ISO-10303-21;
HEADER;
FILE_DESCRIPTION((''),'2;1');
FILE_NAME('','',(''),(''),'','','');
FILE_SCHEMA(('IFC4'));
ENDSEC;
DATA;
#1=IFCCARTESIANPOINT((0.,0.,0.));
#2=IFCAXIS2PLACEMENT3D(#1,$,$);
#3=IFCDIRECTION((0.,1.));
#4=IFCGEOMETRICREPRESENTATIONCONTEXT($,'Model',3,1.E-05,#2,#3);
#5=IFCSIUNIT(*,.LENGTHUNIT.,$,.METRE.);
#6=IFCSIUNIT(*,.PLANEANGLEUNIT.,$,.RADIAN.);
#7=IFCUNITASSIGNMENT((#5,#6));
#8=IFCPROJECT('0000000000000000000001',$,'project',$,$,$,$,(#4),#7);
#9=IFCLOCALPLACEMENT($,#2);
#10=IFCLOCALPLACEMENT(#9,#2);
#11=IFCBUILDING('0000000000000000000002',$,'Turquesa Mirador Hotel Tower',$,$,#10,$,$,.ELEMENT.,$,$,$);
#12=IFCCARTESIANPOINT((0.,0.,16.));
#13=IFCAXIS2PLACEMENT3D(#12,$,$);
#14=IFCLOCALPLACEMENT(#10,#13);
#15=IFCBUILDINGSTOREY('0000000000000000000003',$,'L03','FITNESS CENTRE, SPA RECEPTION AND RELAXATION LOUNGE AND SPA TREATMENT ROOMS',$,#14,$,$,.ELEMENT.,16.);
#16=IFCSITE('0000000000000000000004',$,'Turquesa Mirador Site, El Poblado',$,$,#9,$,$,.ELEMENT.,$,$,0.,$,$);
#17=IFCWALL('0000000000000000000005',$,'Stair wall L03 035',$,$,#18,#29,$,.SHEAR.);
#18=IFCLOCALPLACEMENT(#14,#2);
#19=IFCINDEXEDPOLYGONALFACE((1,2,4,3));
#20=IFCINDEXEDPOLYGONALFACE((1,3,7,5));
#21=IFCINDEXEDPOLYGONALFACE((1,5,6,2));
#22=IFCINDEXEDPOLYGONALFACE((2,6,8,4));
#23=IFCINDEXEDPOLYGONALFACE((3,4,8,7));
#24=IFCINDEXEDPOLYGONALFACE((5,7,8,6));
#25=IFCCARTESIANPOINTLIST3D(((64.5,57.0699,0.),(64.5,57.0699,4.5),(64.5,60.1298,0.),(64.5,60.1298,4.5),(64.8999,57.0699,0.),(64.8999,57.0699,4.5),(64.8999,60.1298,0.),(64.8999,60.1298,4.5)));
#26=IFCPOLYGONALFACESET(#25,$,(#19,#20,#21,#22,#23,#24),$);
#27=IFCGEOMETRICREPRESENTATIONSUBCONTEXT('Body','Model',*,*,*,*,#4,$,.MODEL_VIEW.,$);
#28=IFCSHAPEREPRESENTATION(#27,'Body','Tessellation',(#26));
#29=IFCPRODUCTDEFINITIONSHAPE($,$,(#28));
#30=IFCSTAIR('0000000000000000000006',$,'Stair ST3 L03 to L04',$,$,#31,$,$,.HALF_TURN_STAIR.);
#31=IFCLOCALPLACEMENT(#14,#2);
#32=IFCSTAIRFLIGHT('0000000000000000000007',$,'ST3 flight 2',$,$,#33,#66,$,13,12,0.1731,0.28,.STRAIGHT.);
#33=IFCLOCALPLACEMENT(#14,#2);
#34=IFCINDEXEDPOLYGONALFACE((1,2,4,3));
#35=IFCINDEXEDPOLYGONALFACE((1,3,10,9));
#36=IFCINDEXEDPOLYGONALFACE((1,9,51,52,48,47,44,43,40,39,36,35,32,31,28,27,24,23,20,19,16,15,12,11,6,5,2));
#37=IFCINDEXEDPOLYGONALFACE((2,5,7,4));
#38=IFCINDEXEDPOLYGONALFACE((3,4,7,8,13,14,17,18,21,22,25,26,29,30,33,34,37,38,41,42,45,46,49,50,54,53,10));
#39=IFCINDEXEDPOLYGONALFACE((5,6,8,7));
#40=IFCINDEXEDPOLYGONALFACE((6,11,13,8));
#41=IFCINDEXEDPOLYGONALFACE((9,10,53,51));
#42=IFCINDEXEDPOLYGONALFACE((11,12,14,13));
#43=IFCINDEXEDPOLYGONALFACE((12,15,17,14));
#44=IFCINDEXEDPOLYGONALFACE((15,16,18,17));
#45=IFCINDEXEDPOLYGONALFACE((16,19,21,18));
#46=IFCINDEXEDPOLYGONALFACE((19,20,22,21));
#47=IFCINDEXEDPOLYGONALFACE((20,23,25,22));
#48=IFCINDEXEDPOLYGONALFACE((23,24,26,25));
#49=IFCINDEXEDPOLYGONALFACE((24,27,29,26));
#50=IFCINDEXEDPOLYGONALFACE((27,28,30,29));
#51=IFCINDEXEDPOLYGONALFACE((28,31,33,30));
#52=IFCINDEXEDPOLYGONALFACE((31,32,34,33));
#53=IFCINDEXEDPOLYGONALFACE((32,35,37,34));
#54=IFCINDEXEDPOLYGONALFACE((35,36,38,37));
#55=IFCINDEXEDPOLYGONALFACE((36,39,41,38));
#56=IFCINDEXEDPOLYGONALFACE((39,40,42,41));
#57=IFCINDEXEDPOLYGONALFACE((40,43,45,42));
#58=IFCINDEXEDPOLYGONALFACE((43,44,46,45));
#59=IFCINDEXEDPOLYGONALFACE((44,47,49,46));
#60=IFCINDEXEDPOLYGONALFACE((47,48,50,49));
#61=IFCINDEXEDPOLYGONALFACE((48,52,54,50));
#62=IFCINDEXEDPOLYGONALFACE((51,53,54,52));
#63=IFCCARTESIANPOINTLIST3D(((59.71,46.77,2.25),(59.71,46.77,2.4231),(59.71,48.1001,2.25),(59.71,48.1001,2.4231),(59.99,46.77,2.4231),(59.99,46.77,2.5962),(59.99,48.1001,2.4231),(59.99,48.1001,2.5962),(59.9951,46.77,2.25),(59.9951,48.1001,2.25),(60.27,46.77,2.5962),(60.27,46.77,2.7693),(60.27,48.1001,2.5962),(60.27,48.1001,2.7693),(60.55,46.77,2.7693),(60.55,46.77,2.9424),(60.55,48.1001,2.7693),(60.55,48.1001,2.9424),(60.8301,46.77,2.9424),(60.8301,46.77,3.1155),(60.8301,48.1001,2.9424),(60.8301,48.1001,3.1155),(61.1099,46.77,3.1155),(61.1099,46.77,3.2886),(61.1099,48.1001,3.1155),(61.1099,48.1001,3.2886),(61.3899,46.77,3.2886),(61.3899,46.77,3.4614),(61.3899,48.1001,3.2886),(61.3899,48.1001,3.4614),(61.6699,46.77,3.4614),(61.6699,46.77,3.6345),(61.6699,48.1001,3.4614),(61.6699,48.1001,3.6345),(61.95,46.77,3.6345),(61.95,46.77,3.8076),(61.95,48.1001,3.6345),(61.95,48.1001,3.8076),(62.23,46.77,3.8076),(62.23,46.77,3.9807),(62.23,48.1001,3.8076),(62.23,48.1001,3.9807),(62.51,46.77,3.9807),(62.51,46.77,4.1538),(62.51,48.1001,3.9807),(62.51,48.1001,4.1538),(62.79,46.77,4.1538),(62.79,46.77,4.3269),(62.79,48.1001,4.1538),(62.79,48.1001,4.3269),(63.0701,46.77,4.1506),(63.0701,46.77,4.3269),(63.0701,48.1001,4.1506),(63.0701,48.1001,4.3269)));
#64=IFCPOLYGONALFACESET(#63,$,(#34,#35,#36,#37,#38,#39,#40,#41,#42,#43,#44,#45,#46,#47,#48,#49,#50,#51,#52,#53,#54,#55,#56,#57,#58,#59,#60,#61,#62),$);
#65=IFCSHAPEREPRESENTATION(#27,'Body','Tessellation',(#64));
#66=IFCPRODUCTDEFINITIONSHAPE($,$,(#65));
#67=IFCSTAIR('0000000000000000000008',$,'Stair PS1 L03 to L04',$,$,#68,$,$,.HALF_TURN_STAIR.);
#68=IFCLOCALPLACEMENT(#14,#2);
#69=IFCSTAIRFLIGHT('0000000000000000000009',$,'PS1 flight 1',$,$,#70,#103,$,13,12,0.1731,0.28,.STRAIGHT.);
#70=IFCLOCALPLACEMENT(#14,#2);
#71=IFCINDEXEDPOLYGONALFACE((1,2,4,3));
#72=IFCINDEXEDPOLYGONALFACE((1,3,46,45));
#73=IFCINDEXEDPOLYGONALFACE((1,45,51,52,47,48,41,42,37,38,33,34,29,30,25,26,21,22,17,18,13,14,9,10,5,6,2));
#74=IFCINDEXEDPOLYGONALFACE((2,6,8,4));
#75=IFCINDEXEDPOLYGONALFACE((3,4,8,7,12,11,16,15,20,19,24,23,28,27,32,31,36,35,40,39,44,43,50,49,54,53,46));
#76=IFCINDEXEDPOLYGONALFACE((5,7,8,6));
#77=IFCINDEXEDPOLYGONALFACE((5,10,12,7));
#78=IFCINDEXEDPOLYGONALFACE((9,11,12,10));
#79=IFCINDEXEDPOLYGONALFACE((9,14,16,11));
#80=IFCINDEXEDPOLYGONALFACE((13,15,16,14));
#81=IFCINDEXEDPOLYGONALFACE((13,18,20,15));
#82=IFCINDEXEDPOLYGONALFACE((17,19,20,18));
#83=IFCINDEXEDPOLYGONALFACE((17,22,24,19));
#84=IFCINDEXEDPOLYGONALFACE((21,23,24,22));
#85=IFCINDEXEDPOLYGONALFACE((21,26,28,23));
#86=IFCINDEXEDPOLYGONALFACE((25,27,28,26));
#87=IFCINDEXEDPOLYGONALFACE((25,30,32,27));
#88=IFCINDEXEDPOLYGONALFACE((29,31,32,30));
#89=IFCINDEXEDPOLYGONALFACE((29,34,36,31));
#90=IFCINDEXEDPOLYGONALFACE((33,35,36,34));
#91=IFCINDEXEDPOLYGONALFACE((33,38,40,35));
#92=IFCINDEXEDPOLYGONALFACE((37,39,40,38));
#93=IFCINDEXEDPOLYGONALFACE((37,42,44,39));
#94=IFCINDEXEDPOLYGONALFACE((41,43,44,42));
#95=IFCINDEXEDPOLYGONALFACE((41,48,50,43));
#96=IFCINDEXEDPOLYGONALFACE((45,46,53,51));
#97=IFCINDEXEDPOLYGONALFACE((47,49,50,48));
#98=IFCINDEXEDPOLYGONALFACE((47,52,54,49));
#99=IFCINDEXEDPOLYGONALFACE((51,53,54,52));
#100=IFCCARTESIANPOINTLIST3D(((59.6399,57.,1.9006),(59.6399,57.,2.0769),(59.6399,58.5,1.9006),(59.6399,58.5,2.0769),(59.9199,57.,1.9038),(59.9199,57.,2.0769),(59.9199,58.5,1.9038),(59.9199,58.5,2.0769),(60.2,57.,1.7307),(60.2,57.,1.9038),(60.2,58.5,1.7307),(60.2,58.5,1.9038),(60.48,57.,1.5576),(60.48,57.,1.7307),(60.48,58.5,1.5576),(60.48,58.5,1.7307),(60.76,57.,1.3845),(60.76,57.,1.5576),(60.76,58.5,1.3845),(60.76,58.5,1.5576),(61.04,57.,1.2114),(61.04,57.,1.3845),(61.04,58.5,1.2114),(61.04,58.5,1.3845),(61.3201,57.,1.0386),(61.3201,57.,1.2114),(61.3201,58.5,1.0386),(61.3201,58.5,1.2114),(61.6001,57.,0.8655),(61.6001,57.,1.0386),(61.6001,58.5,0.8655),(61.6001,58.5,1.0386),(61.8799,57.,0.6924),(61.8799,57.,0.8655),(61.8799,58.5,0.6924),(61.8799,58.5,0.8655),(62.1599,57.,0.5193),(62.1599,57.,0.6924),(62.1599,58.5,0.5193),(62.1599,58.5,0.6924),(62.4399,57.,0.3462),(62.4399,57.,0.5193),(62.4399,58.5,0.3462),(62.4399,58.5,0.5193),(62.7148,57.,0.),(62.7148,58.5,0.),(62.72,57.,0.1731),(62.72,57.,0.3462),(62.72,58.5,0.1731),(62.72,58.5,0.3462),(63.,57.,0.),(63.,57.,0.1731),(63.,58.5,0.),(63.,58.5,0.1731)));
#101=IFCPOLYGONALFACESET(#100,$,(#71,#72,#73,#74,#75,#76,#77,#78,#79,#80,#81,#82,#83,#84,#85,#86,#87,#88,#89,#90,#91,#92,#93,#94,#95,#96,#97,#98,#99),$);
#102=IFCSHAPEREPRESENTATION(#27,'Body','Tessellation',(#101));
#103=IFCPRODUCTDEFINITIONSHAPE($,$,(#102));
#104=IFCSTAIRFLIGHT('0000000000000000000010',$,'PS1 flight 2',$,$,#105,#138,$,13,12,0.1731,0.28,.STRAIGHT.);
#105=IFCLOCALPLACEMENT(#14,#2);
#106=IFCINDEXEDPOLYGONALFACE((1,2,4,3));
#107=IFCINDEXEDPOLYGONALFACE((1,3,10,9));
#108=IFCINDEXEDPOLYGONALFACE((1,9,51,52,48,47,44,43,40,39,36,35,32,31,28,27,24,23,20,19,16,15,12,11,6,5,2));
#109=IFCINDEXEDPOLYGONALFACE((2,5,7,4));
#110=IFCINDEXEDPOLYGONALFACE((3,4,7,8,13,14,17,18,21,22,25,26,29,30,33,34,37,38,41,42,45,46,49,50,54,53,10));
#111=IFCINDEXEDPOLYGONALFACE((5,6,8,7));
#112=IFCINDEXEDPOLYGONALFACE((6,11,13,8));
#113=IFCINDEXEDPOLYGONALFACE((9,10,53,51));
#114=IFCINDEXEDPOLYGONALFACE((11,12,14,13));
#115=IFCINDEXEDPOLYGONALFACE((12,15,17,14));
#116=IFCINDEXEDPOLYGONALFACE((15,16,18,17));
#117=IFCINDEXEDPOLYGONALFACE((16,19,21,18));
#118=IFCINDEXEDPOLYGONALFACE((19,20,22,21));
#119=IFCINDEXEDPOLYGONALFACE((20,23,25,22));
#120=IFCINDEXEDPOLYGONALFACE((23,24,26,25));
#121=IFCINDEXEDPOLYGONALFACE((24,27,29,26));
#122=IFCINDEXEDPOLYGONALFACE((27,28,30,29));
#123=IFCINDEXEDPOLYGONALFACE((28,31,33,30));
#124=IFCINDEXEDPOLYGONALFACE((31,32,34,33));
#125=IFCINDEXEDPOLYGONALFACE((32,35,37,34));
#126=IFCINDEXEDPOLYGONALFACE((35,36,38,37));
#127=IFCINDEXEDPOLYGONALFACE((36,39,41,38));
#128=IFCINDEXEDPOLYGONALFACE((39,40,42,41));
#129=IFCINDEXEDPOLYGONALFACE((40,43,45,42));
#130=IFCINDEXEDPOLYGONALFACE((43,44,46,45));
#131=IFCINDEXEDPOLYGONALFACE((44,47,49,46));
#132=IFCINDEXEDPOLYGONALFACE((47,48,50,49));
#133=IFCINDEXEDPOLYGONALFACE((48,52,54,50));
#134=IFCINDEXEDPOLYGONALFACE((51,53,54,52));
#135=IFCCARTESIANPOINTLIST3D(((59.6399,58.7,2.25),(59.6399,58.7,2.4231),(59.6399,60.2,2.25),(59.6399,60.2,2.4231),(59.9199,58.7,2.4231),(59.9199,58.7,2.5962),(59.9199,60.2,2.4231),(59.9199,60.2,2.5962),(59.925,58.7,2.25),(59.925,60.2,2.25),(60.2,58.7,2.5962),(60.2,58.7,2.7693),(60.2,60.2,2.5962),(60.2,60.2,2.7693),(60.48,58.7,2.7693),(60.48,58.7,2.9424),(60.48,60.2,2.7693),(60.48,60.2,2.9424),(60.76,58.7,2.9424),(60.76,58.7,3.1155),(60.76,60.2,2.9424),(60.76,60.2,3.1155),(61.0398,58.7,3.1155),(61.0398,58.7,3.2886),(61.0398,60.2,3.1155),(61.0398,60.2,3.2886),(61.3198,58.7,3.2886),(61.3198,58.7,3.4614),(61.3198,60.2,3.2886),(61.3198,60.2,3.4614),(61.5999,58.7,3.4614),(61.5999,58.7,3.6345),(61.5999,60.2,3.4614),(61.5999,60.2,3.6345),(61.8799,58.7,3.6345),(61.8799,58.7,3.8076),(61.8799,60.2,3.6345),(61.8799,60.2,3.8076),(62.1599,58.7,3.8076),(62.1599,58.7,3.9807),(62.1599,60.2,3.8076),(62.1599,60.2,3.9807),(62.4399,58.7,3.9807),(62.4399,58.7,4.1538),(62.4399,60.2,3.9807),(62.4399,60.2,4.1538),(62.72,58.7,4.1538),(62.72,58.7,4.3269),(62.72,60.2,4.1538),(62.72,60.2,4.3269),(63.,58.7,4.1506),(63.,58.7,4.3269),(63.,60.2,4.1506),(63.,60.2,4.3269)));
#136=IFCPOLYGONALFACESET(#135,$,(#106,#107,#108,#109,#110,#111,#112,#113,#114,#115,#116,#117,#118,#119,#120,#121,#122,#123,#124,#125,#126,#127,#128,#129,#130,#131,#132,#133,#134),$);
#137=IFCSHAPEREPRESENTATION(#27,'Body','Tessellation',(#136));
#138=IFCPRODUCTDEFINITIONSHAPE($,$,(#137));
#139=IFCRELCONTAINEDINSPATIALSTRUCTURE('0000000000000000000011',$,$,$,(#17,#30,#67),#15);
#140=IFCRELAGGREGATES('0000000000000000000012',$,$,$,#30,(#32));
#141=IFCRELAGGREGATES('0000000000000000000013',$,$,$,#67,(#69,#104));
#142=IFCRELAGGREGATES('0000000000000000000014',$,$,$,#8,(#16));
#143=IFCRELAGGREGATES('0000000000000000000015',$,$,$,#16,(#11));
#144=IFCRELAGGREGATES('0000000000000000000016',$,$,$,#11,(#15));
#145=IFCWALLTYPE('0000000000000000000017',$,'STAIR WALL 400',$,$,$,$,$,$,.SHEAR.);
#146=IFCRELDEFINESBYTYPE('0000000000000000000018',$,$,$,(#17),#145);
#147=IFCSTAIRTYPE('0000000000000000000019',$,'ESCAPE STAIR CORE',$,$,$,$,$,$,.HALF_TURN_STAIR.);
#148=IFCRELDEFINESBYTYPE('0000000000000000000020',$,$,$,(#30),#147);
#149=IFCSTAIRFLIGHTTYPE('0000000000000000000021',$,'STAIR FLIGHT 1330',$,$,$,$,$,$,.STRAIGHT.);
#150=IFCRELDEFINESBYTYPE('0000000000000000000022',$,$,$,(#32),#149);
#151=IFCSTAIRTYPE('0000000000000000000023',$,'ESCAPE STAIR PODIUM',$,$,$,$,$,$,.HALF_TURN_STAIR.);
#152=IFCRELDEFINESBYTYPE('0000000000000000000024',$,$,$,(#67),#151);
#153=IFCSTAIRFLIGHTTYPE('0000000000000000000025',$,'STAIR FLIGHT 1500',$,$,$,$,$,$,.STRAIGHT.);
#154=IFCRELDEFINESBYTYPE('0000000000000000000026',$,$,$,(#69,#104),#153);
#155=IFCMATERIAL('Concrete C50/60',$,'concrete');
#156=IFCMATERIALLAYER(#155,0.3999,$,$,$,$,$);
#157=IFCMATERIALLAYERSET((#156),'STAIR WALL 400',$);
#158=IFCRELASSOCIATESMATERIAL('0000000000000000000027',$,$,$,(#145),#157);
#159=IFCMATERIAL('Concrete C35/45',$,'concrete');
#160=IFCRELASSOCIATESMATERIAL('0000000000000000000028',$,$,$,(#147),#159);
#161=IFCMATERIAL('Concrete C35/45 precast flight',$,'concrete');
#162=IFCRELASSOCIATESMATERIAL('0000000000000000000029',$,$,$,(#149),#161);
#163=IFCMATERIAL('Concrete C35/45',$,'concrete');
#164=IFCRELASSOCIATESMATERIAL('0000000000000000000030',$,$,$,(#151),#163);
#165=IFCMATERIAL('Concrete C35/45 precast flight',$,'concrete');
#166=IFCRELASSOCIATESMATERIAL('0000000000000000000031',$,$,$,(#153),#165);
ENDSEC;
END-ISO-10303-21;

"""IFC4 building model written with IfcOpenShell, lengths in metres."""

from ifc_helpers import new_model, si_unit, direction, frame, frame_2d, origin, place, context, subcontext, project, spatial, polyline, rectangle, outline, extrude, material, layer, layer_set, type_object, element, aggregate, save


model = new_model("IFC4")

# Units and contexts
model_context = context("Model", 3, precision=1e-05, world=origin(), true_north=direction((0.0, 1.0)))
body_context = subcontext(model_context, "Body", "Model", "MODEL_VIEW")
ifc_project = project(units=[si_unit("LENGTHUNIT", "METRE"), si_unit("PLANEANGLEUNIT", "RADIAN")], contexts=[model_context])

# Site, building, storey
site_placement = place(None, origin())
site = spatial("IfcSite", under=ifc_project, at=site_placement, Name="Turquesa Mirador Site, El Poblado", CompositionType="ELEMENT", RefElevation=0.0)
building_placement = place(site_placement, origin())
building = spatial("IfcBuilding", under=site, at=building_placement, Name="Turquesa Mirador Hotel Tower", CompositionType="ELEMENT")
storey_placement = place(building_placement, frame((0.0, 0.0, 16.0)))
storey = spatial("IfcBuildingStorey", under=building, at=storey_placement, Name="L03", Description="FITNESS CENTRE, SPA RECEPTION AND RELAXATION LOUNGE AND SPA TREATMENT ROOMS", CompositionType="ELEMENT", Elevation=16.0)

# Shared definitions
ifc_material_1 = material(Name="Concrete C50/60", Category="concrete")
ifc_layer_1 = layer(ifc_material_1, 0.3999)
ifc_layer_set_1 = layer_set([ifc_layer_1], Name="STAIR WALL 400")
wall_type_1 = type_object("IfcWallType", Name="STAIR WALL 400", PredefinedType="SHEAR", material=ifc_layer_set_1)

# Wall
for number, where, z_axis, x_axis, name in (
    (1, (64.7, 57.0701, 0.0), (0.0, 0.0, 1.0), (0.0, 1.0, 0.0), "Stair wall L03 035"),
):
    element("IfcWall", number, at=place(storey_placement, frame(where, z_axis=z_axis, x_axis=x_axis)), inside=storey, type_object=wall_type_1, Name=name, PredefinedType="SHEAR", context=body_context, shape_type="SweptSolid", body=[
        extrude(rectangle(XDim=3.0598, YDim=0.3999, at=frame_2d((1.5298, 0.0))), origin(), (0.0, 0.0, 1.0), 4.5),
    ])

# Stair, stair flight
ifc_material_2 = material(Name="Concrete C35/45", Category="concrete")
stair_type_1 = type_object("IfcStairType", Name="ESCAPE STAIR CORE", PredefinedType="HALF_TURN_STAIR", material=ifc_material_2)
stair_1_placement = place(storey_placement, origin())
stair_1 = element("IfcStair", 2, at=stair_1_placement, inside=storey, type_object=stair_type_1, Name="Stair ST3 L03 to L04", PredefinedType="HALF_TURN_STAIR")
ifc_material_3 = material(Name="Concrete C35/45 precast flight", Category="concrete")
stair_flight_type_1 = type_object("IfcStairFlightType", Name="STAIR FLIGHT 1330", PredefinedType="STRAIGHT", material=ifc_material_3)
stair_flight_1_placement = place(storey_placement, frame((59.71, 47.4351, 2.25), z_axis=(0.0, 0.0, 1.0), x_axis=(1.0, 0.0, 0.0)))
stair_flight_1 = element("IfcStairFlight", 3, at=stair_flight_1_placement, type_object=stair_flight_type_1, Name="ST3 flight 2", NumberOfRisers=13, NumberOfTreads=12, PredefinedType="STRAIGHT", RiserHeight=0.1731, TreadLength=0.28, context=body_context, shape_type="SweptSolid", body=[
    extrude(outline(polyline([(0.0, 0.0), (0.0, 0.1731), (0.28, 0.1731), (0.28, 0.3462), (0.5601, 0.3462), (0.5601, 0.5193), (0.8401, 0.5193), (0.8401, 0.6924), (1.1201, 0.6924), (1.1201, 0.8655), (1.3999, 0.8655), (1.3999, 1.0386), (1.6799, 1.0386), (1.6799, 1.2114), (1.96, 1.2114), (1.96, 1.3845), (2.24, 1.3845), (2.24, 1.5576), (2.52, 1.5576), (2.52, 1.7307), (2.8, 1.7307), (2.8, 1.9038), (3.0801, 1.9038), (3.0801, 2.0769), (3.3601, 2.0769), (3.3601, 2.25), (3.3601, 1.9006), (0.2852, 0.0), (0.0, 0.0)])), frame((0.0, 0.665, 0.0), z_axis=(0.0, -1.0, 0.0), x_axis=(1.0, 0.0, 0.0)), (0.0, 0.0, 1.0), 1.3301),
])
aggregate(stair_1, [stair_flight_1])

# Stair, stair flights
ifc_material_4 = material(Name="Concrete C35/45", Category="concrete")
stair_type_2 = type_object("IfcStairType", Name="ESCAPE STAIR PODIUM", PredefinedType="HALF_TURN_STAIR", material=ifc_material_4)
stair_2_placement = place(storey_placement, origin())
stair_2 = element("IfcStair", 4, at=stair_2_placement, inside=storey, type_object=stair_type_2, Name="Stair PS1 L03 to L04", PredefinedType="HALF_TURN_STAIR")
ifc_material_5 = material(Name="Concrete C35/45 precast flight", Category="concrete")
stair_flight_type_2 = type_object("IfcStairFlightType", Name="STAIR FLIGHT 1500", PredefinedType="STRAIGHT", material=ifc_material_5)
stair_flight_2_placement = place(storey_placement, frame((63.0, 57.75, 0.0), z_axis=(0.0, 0.0, 1.0), x_axis=(-1.0, 0.0, 0.0)))
stair_flight_2 = element("IfcStairFlight", 5, at=stair_flight_2_placement, type_object=stair_flight_type_2, Name="PS1 flight 1", NumberOfRisers=13, NumberOfTreads=12, PredefinedType="STRAIGHT", RiserHeight=0.1731, TreadLength=0.28, context=body_context, shape_type="SweptSolid", body=[
    extrude(outline(polyline([(0.0, 0.0), (0.0, 0.1731), (0.28, 0.1731), (0.28, 0.3462), (0.5601, 0.3462), (0.5601, 0.5193), (0.8401, 0.5193), (0.8401, 0.6924), (1.1201, 0.6924), (1.1201, 0.8655), (1.3999, 0.8655), (1.3999, 1.0386), (1.6799, 1.0386), (1.6799, 1.2114), (1.96, 1.2114), (1.96, 1.3845), (2.24, 1.3845), (2.24, 1.5576), (2.52, 1.5576), (2.52, 1.7307), (2.8, 1.7307), (2.8, 1.9038), (3.0801, 1.9038), (3.0801, 2.0769), (3.3601, 2.0769), (3.3601, 2.25), (3.3601, 1.9006), (0.2852, 0.0), (0.0, 0.0)])), frame((0.0, 0.75, 0.0), z_axis=(0.0, -1.0, 0.0), x_axis=(1.0, 0.0, 0.0)), (0.0, 0.0, 1.0), 1.5),
])
stair_flight_3_placement = place(storey_placement, frame((59.6399, 59.45, 2.25), z_axis=(0.0, 0.0, 1.0), x_axis=(1.0, 0.0, 0.0)))
stair_flight_3 = element("IfcStairFlight", 6, at=stair_flight_3_placement, type_object=stair_flight_type_2, Name="PS1 flight 2", NumberOfRisers=13, NumberOfTreads=12, PredefinedType="STRAIGHT", RiserHeight=0.1731, TreadLength=0.28, context=body_context, shape_type="SweptSolid", body=[
    extrude(outline(polyline([(0.0, 0.0), (0.0, 0.1731), (0.28, 0.1731), (0.28, 0.3462), (0.5601, 0.3462), (0.5601, 0.5193), (0.8401, 0.5193), (0.8401, 0.6924), (1.1201, 0.6924), (1.1201, 0.8655), (1.3999, 0.8655), (1.3999, 1.0386), (1.6799, 1.0386), (1.6799, 1.2114), (1.96, 1.2114), (1.96, 1.3845), (2.24, 1.3845), (2.24, 1.5576), (2.52, 1.5576), (2.52, 1.7307), (2.8, 1.7307), (2.8, 1.9038), (3.0801, 1.9038), (3.0801, 2.0769), (3.3601, 2.0769), (3.3601, 2.25), (3.3601, 1.9006), (0.2852, 0.0), (0.0, 0.0)])), frame((0.0, 0.75, 0.0), z_axis=(0.0, -1.0, 0.0), x_axis=(1.0, 0.0, 0.0)), (0.0, 0.0, 1.0), 1.5),
])
aggregate(stair_2, [stair_flight_2, stair_flight_3])

save(model, "model.ifc")
